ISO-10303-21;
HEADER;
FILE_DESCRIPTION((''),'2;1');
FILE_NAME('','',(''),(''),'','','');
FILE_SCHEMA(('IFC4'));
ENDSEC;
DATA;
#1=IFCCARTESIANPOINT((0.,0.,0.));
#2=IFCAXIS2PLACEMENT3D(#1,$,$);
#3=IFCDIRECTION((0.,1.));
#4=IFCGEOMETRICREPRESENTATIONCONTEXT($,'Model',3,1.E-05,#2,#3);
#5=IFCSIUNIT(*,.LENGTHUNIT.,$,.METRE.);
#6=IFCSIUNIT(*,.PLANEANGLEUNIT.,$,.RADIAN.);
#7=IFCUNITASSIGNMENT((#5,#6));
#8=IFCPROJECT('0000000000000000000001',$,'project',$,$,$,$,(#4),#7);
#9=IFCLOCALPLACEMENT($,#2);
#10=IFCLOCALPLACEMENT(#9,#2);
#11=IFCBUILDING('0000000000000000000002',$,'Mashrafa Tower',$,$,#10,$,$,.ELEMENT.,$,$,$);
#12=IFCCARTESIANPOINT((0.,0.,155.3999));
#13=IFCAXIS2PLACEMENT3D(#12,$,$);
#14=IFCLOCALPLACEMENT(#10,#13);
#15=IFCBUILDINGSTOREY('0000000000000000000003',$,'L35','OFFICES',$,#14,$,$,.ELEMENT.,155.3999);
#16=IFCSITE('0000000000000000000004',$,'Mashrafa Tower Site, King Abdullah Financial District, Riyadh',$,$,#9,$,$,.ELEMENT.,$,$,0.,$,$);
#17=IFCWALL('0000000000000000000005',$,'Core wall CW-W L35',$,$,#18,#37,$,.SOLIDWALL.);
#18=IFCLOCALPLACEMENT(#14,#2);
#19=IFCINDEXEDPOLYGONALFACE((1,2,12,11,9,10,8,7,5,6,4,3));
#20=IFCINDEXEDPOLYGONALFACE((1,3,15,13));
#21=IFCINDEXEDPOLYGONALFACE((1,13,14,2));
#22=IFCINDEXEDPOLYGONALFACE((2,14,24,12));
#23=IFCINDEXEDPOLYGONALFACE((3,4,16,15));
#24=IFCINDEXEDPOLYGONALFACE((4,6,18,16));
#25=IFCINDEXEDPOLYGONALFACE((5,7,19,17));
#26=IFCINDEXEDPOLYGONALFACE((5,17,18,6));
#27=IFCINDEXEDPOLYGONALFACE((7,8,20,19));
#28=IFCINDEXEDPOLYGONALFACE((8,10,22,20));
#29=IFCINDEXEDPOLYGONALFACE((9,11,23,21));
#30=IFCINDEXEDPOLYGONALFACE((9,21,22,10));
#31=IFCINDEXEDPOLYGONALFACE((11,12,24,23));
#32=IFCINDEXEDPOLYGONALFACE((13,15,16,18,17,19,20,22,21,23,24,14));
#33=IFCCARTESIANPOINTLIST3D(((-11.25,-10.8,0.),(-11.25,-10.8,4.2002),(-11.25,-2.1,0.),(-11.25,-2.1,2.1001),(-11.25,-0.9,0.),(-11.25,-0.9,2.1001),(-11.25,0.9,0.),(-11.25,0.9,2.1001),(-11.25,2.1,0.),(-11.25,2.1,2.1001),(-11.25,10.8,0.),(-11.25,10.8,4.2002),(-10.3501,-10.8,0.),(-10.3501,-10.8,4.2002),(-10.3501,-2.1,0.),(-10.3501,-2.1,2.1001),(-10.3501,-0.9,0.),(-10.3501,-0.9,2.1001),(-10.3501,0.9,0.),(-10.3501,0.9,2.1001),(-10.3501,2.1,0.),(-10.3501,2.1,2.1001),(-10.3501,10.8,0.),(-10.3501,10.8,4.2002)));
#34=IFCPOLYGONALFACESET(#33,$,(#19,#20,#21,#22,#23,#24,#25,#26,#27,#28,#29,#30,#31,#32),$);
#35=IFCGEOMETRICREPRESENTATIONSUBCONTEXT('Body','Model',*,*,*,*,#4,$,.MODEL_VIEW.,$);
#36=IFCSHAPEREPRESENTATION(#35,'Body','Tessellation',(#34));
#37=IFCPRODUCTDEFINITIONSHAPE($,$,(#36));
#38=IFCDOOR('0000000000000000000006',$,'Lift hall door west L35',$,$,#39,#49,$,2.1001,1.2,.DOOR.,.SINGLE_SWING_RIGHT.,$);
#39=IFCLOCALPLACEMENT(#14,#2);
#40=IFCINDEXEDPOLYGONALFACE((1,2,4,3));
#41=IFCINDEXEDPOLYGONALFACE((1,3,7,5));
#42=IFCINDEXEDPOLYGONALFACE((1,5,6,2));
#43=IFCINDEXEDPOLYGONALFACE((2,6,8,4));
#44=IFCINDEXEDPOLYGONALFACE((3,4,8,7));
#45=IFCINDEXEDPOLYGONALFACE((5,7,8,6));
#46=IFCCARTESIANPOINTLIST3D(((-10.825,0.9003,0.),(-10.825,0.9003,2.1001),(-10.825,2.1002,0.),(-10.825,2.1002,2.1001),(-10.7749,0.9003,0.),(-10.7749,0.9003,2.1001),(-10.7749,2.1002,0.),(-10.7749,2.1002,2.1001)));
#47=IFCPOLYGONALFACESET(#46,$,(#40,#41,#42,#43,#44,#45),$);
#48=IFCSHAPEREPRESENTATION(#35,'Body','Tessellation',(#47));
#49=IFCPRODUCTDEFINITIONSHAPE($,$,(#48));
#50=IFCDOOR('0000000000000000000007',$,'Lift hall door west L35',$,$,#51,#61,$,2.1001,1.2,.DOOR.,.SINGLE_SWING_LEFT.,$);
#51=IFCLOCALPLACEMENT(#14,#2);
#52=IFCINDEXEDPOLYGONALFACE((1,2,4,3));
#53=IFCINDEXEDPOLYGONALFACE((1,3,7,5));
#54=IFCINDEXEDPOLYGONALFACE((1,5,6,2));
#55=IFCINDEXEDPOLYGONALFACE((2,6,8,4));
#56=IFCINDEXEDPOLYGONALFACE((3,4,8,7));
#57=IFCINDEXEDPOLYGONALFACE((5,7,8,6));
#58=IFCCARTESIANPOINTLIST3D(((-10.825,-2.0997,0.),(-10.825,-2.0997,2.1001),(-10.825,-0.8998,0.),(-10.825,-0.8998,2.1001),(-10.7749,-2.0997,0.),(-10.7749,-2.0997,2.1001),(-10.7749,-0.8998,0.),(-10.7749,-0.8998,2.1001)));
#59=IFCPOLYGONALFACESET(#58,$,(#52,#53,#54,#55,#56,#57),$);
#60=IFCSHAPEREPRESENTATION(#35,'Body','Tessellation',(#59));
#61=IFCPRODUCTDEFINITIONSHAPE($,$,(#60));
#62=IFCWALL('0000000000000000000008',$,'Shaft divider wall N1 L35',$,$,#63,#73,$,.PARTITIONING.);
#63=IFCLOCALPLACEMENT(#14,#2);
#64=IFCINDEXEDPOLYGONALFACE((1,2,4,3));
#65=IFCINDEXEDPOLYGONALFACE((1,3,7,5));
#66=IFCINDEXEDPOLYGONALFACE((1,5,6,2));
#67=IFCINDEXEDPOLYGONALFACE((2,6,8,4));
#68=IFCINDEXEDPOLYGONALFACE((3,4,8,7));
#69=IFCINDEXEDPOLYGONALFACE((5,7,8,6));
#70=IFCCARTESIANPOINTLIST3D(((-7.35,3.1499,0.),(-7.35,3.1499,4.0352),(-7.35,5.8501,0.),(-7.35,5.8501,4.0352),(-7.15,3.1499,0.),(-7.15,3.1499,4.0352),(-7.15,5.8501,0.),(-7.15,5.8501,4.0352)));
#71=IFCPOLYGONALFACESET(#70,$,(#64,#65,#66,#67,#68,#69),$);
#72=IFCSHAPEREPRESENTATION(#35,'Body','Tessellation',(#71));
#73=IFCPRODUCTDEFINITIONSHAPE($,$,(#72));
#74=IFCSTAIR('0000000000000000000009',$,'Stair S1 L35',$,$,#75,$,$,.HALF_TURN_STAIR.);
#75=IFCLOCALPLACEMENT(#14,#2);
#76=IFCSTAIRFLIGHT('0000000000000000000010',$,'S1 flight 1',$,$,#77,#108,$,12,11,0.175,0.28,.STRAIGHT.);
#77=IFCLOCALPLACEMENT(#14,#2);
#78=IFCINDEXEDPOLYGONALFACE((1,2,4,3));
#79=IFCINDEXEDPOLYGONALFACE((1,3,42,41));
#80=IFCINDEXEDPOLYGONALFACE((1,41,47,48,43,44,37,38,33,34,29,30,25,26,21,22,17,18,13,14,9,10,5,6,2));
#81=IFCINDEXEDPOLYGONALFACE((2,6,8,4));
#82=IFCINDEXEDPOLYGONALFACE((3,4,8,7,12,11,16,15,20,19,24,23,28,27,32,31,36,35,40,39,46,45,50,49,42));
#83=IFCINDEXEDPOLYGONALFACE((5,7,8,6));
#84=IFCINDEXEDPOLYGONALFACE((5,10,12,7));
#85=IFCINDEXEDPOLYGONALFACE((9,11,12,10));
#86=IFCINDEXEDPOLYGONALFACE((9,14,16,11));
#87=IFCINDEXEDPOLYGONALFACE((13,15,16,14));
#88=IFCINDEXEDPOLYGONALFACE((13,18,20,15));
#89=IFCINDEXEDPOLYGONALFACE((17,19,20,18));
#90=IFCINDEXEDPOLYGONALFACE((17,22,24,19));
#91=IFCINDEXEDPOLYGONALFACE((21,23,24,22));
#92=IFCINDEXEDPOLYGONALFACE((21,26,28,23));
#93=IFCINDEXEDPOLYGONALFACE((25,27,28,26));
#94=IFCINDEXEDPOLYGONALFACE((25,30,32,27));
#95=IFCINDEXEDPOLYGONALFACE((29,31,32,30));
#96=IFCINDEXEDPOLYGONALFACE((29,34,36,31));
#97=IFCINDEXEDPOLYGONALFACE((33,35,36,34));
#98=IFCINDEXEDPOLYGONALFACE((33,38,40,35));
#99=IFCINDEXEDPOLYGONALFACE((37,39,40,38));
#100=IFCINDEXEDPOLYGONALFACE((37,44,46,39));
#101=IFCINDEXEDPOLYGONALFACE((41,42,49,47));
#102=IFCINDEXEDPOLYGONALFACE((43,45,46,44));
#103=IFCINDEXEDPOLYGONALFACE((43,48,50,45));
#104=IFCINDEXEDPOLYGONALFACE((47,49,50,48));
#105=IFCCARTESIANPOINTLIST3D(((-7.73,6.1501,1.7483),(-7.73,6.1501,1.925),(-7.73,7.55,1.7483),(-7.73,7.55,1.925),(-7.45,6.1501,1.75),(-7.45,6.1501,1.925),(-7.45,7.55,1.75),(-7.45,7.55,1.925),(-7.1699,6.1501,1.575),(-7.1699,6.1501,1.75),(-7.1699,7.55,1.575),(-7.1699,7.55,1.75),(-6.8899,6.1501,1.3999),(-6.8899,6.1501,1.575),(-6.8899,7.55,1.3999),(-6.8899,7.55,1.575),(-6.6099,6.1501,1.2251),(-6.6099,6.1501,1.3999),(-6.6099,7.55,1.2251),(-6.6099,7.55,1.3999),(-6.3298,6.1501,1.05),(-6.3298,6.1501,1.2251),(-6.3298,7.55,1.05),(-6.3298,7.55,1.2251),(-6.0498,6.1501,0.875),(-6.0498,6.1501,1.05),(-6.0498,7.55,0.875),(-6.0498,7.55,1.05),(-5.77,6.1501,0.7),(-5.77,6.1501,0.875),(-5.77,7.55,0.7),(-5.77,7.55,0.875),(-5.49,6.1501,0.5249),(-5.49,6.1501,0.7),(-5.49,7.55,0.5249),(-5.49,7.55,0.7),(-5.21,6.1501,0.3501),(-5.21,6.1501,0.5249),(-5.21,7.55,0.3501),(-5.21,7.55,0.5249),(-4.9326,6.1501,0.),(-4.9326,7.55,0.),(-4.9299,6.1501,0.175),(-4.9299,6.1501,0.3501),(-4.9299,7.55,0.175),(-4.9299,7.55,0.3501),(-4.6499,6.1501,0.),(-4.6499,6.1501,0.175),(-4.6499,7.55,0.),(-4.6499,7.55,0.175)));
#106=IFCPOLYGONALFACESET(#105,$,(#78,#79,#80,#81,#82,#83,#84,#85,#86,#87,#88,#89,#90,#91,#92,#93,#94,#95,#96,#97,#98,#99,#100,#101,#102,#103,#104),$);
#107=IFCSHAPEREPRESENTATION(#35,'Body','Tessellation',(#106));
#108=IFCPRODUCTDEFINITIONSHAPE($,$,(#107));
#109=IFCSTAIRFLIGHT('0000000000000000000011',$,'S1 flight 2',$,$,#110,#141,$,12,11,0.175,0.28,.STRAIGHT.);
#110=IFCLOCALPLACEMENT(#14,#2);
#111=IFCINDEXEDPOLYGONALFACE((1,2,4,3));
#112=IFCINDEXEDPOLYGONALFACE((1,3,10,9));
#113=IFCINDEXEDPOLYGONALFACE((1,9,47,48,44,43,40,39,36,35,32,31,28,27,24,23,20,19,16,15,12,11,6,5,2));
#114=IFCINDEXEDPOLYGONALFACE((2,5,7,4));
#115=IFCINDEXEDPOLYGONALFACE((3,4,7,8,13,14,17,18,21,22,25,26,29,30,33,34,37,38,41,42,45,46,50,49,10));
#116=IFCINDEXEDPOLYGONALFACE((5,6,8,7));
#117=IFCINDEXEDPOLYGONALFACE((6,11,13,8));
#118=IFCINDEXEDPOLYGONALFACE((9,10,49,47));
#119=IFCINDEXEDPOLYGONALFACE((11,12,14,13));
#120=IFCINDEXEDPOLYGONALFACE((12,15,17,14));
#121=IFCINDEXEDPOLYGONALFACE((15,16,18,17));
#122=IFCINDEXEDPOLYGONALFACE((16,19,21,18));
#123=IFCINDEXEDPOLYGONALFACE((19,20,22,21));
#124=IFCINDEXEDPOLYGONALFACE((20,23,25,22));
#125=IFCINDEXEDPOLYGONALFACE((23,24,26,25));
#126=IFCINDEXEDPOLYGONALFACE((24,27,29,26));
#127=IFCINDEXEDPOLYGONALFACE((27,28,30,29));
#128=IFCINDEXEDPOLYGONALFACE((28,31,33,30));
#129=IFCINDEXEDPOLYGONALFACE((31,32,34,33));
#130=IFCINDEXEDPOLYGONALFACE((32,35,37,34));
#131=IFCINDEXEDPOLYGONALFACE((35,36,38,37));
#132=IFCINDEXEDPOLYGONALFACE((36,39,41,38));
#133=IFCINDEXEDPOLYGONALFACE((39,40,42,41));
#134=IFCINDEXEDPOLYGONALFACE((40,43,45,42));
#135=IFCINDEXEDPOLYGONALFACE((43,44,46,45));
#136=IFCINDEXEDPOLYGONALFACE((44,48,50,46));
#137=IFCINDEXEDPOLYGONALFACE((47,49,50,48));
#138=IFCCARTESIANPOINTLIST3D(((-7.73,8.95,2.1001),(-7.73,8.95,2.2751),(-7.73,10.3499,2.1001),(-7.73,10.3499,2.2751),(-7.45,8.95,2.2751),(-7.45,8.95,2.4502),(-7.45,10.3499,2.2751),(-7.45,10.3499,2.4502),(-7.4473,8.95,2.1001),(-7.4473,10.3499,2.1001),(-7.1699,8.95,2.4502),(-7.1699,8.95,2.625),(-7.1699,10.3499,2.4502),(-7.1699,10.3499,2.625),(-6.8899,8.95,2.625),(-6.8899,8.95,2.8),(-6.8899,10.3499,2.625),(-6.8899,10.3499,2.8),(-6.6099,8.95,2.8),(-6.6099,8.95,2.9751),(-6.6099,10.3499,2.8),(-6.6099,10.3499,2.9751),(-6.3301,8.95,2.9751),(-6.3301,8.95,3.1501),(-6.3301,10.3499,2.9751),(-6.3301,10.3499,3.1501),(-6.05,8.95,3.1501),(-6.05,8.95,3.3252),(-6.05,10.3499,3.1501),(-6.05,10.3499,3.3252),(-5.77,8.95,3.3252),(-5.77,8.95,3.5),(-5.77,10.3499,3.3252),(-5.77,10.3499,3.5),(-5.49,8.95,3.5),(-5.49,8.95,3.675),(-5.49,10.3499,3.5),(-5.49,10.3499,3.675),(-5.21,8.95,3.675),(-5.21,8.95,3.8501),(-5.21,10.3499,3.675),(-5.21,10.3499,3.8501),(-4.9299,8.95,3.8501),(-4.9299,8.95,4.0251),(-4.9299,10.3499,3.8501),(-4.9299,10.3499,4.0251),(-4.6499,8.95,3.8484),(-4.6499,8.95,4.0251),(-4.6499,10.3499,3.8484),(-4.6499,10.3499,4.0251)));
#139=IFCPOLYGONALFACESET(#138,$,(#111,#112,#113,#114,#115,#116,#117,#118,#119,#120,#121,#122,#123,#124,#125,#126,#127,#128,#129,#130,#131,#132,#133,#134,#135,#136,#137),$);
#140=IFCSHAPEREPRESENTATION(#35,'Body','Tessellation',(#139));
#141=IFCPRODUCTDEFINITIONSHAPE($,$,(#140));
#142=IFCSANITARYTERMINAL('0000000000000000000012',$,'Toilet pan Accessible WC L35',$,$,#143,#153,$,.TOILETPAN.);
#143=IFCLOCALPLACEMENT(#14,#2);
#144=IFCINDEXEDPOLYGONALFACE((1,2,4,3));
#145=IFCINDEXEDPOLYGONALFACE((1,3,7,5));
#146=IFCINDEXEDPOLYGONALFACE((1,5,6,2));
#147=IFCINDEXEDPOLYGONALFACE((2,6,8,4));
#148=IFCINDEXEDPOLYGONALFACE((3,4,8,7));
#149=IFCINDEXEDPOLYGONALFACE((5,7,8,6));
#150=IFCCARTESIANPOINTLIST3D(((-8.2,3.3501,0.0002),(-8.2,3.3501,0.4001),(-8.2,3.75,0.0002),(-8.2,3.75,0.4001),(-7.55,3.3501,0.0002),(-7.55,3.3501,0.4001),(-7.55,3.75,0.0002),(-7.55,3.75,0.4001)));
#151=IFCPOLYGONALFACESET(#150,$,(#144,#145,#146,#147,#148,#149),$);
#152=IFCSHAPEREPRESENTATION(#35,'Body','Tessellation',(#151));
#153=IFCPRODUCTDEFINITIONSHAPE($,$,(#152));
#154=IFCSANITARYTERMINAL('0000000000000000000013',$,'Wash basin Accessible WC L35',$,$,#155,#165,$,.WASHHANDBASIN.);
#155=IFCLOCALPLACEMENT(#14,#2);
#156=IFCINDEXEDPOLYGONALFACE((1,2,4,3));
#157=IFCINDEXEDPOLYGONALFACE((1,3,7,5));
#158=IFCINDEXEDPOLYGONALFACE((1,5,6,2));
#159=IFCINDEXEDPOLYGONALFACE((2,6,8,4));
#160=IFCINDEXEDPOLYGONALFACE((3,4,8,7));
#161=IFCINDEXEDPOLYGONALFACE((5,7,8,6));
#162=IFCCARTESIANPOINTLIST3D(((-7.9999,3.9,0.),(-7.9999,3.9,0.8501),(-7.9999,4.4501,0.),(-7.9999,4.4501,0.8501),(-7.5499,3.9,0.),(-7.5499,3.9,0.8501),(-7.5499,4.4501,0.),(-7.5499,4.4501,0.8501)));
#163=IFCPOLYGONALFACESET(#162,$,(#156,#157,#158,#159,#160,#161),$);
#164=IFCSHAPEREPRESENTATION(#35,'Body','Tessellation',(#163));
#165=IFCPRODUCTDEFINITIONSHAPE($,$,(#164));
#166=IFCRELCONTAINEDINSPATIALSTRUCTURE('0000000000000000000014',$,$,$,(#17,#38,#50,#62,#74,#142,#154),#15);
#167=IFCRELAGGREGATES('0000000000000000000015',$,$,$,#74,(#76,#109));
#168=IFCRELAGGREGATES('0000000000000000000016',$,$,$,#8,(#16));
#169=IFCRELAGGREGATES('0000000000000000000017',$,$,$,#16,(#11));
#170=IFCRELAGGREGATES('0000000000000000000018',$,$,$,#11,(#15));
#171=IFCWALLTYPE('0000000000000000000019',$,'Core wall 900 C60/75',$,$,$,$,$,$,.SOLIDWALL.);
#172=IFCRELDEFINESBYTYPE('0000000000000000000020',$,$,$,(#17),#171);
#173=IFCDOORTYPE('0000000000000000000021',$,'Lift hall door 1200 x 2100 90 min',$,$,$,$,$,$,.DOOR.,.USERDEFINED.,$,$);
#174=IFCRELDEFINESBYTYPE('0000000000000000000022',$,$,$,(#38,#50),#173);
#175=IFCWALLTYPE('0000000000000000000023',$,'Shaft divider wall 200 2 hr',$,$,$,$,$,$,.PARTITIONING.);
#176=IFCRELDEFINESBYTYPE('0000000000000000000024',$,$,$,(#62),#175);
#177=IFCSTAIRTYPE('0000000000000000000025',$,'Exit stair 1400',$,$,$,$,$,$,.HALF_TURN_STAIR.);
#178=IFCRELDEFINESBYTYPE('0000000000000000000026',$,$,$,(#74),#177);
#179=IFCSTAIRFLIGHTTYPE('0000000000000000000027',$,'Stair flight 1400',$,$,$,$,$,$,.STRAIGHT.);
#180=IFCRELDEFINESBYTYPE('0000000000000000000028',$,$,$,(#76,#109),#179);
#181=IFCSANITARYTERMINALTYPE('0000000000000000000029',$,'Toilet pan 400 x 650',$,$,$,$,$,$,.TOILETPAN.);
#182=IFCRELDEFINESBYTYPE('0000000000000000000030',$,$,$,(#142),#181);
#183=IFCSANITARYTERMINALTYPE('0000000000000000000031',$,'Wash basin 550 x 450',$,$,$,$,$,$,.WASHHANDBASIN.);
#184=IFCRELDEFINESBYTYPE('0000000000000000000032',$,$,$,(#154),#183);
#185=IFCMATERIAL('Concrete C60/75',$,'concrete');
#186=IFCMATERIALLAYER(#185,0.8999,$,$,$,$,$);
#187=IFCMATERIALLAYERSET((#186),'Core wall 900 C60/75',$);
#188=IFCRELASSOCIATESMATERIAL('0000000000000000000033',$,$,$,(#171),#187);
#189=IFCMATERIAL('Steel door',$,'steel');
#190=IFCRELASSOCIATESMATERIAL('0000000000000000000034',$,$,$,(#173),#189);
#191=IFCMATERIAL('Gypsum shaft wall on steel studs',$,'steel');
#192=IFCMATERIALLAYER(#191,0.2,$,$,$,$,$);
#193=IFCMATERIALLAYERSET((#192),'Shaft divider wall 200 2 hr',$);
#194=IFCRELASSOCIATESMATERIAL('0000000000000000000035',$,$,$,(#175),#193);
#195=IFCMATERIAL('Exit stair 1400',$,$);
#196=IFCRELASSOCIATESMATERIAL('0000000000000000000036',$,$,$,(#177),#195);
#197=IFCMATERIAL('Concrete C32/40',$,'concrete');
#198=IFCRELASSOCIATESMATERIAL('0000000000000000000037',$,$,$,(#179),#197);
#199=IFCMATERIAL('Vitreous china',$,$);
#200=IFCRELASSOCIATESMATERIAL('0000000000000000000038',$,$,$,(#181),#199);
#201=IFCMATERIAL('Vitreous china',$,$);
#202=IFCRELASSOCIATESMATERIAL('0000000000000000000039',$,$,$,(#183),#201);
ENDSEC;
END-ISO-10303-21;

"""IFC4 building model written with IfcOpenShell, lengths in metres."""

from ifc_helpers import new_model, si_unit, direction, frame, frame_2d, origin, origin_2d, place, context, subcontext, project, spatial, polyline, rectangle, outline, extrude, material, layer, layer_set, type_object, element, fill, aggregate, save


model = new_model("IFC4")

# Units and contexts
model_context = context("Model", 3, precision=1e-05, world=origin(), true_north=direction((0.0, 1.0)))
body_context = subcontext(model_context, "Body", "Model", "MODEL_VIEW")
ifc_project = project(units=[si_unit("LENGTHUNIT", "METRE"), si_unit("PLANEANGLEUNIT", "RADIAN")], contexts=[model_context])

# Site, building, storey
site_placement = place(None, origin())
site = spatial("IfcSite", under=ifc_project, at=site_placement, Name="Mashrafa Tower Site, King Abdullah Financial District, Riyadh", CompositionType="ELEMENT", RefElevation=0.0)
building_placement = place(site_placement, origin())
building = spatial("IfcBuilding", under=site, at=building_placement, Name="Mashrafa Tower", CompositionType="ELEMENT")
storey_placement = place(building_placement, frame((0.0, 0.0, 155.3999)))
storey = spatial("IfcBuildingStorey", under=building, at=storey_placement, Name="L35", Description="OFFICES", CompositionType="ELEMENT", Elevation=155.3999)

# Wall, openings, doors
ifc_material_1 = material(Name="Concrete C60/75", Category="concrete")
ifc_layer_1 = layer(ifc_material_1, 0.8999)
ifc_layer_set_1 = layer_set([ifc_layer_1], Name="Core wall 900 C60/75")
wall_type_1 = type_object("IfcWallType", Name="Core wall 900 C60/75", PredefinedType="SOLIDWALL", material=ifc_layer_set_1)
wall_1_placement = place(storey_placement, frame((-10.8, 10.8, 0.0), z_axis=(0.0, 0.0, 1.0), x_axis=(0.0, -1.0, 0.0)))
wall_1 = element("IfcWall", 1, at=wall_1_placement, inside=storey, type_object=wall_type_1, Name="Core wall CW-W L35", PredefinedType="SOLIDWALL", context=body_context, shape_type="SweptSolid", body=[
    extrude(rectangle(XDim=21.6001, YDim=0.8999, at=frame_2d((10.8, 0.0))), origin(), (0.0, 0.0, 1.0), 4.2002),
])
opening_1_placement = place(wall_1_placement, frame((8.7, 0.0, 0.0)))
opening_1 = element("IfcOpeningElement", 2, at=opening_1_placement, cuts=wall_1, PredefinedType="OPENING", context=body_context, shape_type="SweptSolid", body=[
    extrude(rectangle(XDim=1.2, YDim=2.1001, at=frame_2d((0.6001, 1.05))), frame((0.0, 0.46, 0.0), z_axis=(0.0, -1.0, 0.0), x_axis=(1.0, 0.0, 0.0)), (0.0, 0.0, 1.0), 0.9199),
])
opening_2_placement = place(wall_1_placement, frame((11.7, 0.0, 0.0)))
opening_2 = element("IfcOpeningElement", 3, at=opening_2_placement, cuts=wall_1, PredefinedType="OPENING", context=body_context, shape_type="SweptSolid", body=[
    extrude(rectangle(XDim=1.2, YDim=2.1001, at=frame_2d((0.6001, 1.05))), frame((0.0, 0.46, 0.0), z_axis=(0.0, -1.0, 0.0), x_axis=(1.0, 0.0, 0.0)), (0.0, 0.0, 1.0), 0.9199),
])
ifc_material_2 = material(Name="Steel door", Category="steel")
door_type_1 = type_object("IfcDoorType", Name="Lift hall door 1200 x 2100 90 min", OperationType="USERDEFINED", PredefinedType="DOOR", material=ifc_material_2)
door_1_placement = place(opening_1_placement, frame((1.2, 0.0, 0.0), z_axis=(0.0, 0.0, 1.0), x_axis=(-1.0, 0.0, 0.0)))
door_1 = element("IfcDoor", 4, at=door_1_placement, inside=storey, type_object=door_type_1, Name="Lift hall door west L35", OperationType="SINGLE_SWING_RIGHT", OverallHeight=2.1001, OverallWidth=1.2, PredefinedType="DOOR", context=body_context, shape_type="SweptSolid", body=[
    extrude(rectangle(XDim=1.2, YDim=2.1001, at=frame_2d((0.6001, 1.05))), frame((0.0, 0.0249, 0.0), z_axis=(0.0, -1.0, 0.0), x_axis=(1.0, 0.0, 0.0)), (0.0, 0.0, 1.0), 0.05),
])
fill(opening_1, door_1)
door_2_placement = place(opening_2_placement, frame((1.2, 0.0, 0.0), z_axis=(0.0, 0.0, 1.0), x_axis=(-1.0, 0.0, 0.0)))
door_2 = element("IfcDoor", 5, at=door_2_placement, inside=storey, type_object=door_type_1, Name="Lift hall door west L35", OperationType="SINGLE_SWING_LEFT", OverallHeight=2.1001, OverallWidth=1.2, PredefinedType="DOOR", context=body_context, shape_type="SweptSolid", body=[
    extrude(rectangle(XDim=1.2, YDim=2.1001, at=frame_2d((0.6001, 1.05))), frame((0.0, 0.0249, 0.0), z_axis=(0.0, -1.0, 0.0), x_axis=(1.0, 0.0, 0.0)), (0.0, 0.0, 1.0), 0.05),
])
fill(opening_2, door_2)

# Wall
ifc_material_3 = material(Name="Gypsum shaft wall on steel studs", Category="steel")
ifc_layer_2 = layer(ifc_material_3, 0.2)
ifc_layer_set_2 = layer_set([ifc_layer_2], Name="Shaft divider wall 200 2 hr")
wall_type_2 = type_object("IfcWallType", Name="Shaft divider wall 200 2 hr", PredefinedType="PARTITIONING", material=ifc_layer_set_2)
wall_2_placement = place(storey_placement, frame((-7.25, 3.1499, 0.0), z_axis=(0.0, 0.0, 1.0), x_axis=(0.0, 1.0, 0.0)))
element("IfcWall", 6, at=wall_2_placement, inside=storey, type_object=wall_type_2, Name="Shaft divider wall N1 L35", PredefinedType="PARTITIONING", context=body_context, shape_type="SweptSolid", body=[
    extrude(rectangle(XDim=2.7002, YDim=0.2, at=frame_2d((1.3501, 0.0))), origin(), (0.0, 0.0, 1.0), 4.0352),
])

# Stair, stair flights
ifc_material_4 = material(Name="Exit stair 1400")
stair_type = type_object("IfcStairType", Name="Exit stair 1400", PredefinedType="HALF_TURN_STAIR", material=ifc_material_4)
stair_placement = place(storey_placement, origin())
stair = element("IfcStair", 7, at=stair_placement, inside=storey, type_object=stair_type, Name="Stair S1 L35", PredefinedType="HALF_TURN_STAIR")
ifc_material_5 = material(Name="Concrete C32/40", Category="concrete")
stair_flight_type = type_object("IfcStairFlightType", Name="Stair flight 1400", PredefinedType="STRAIGHT", material=ifc_material_5)
stair_flight_1_placement = place(storey_placement, frame((-4.6499, 6.8501, 0.0), z_axis=(0.0, 0.0, 1.0), x_axis=(-1.0, 0.0, 0.0)))
stair_flight_1 = element("IfcStairFlight", 8, at=stair_flight_1_placement, type_object=stair_flight_type, Name="S1 flight 1", NumberOfRisers=12, NumberOfTreads=11, PredefinedType="STRAIGHT", RiserHeight=0.175, TreadLength=0.28, context=body_context, shape_type="SweptSolid", body=[
    extrude(outline(polyline([(0.0, 0.0), (0.0, 0.175), (0.28, 0.175), (0.28, 0.3501), (0.5601, 0.3501), (0.5601, 0.5249), (0.8401, 0.5249), (0.8401, 0.7), (1.1201, 0.7), (1.1201, 0.875), (1.3999, 0.875), (1.3999, 1.05), (1.6799, 1.05), (1.6799, 1.2251), (1.96, 1.2251), (1.96, 1.3999), (2.24, 1.3999), (2.24, 1.575), (2.52, 1.575), (2.52, 1.75), (2.8, 1.75), (2.8, 1.925), (3.0801, 1.925), (3.0801, 2.1001), (3.0801, 1.7483), (0.2827, 0.0), (0.0, 0.0)])), frame((0.0, 0.7, 0.0), z_axis=(0.0, -1.0, 0.0), x_axis=(1.0, 0.0, 0.0)), (0.0, 0.0, 1.0), 1.3999),
])
stair_flight_2_placement = place(storey_placement, frame((-7.73, 9.6499, 2.1001), z_axis=(0.0, 0.0, 1.0), x_axis=(1.0, 0.0, 0.0)))
stair_flight_2 = element("IfcStairFlight", 9, at=stair_flight_2_placement, type_object=stair_flight_type, Name="S1 flight 2", NumberOfRisers=12, NumberOfTreads=11, PredefinedType="STRAIGHT", RiserHeight=0.175, TreadLength=0.28, context=body_context, shape_type="SweptSolid", body=[
    extrude(outline(polyline([(0.0, 0.0), (0.0, 0.175), (0.28, 0.175), (0.28, 0.3501), (0.5601, 0.3501), (0.5601, 0.5249), (0.8401, 0.5249), (0.8401, 0.7), (1.1201, 0.7), (1.1201, 0.875), (1.3999, 0.875), (1.3999, 1.05), (1.6799, 1.05), (1.6799, 1.2251), (1.96, 1.2251), (1.96, 1.3999), (2.24, 1.3999), (2.24, 1.575), (2.52, 1.575), (2.52, 1.75), (2.8, 1.75), (2.8, 1.925), (3.0801, 1.925), (3.0801, 2.1001), (3.0801, 1.7483), (0.2827, 0.0), (0.0, 0.0)])), frame((0.0, 0.7, 0.0), z_axis=(0.0, -1.0, 0.0), x_axis=(1.0, 0.0, 0.0)), (0.0, 0.0, 1.0), 1.3999),
])
aggregate(stair, [stair_flight_1, stair_flight_2])

# Sanitary terminals
ifc_material_6 = material(Name="Vitreous china")
sanitary_terminal_type_1 = type_object("IfcSanitaryTerminalType", Name="Toilet pan 400 x 650", PredefinedType="TOILETPAN", material=ifc_material_6)
sanitary_terminal_1_placement = place(storey_placement, frame((-7.875, 3.55, 0.0002), z_axis=(0.0, 0.0, 1.0), x_axis=(0.0, 1.0, 0.0)))
element("IfcSanitaryTerminal", 10, at=sanitary_terminal_1_placement, inside=storey, type_object=sanitary_terminal_type_1, Name="Toilet pan Accessible WC L35", PredefinedType="TOILETPAN", context=body_context, shape_type="SweptSolid", body=[
    extrude(rectangle(XDim=0.3999, YDim=0.6499, at=origin_2d()), origin(), (0.0, 0.0, 1.0), 0.3999),
])
ifc_material_7 = material(Name="Vitreous china")
sanitary_terminal_type_2 = type_object("IfcSanitaryTerminalType", Name="Wash basin 550 x 450", PredefinedType="WASHHANDBASIN", material=ifc_material_7)
sanitary_terminal_2_placement = place(storey_placement, frame((-7.7749, 4.175, 0.0), z_axis=(0.0, 0.0, 1.0), x_axis=(0.0, 1.0, 0.0)))
element("IfcSanitaryTerminal", 11, at=sanitary_terminal_2_placement, inside=storey, type_object=sanitary_terminal_type_2, Name="Wash basin Accessible WC L35", PredefinedType="WASHHANDBASIN", context=body_context, shape_type="SweptSolid", body=[
    extrude(rectangle(XDim=0.55, YDim=0.45, at=origin_2d()), origin(), (0.0, 0.0, 1.0), 0.8501),
])

save(model, "model.ifc")
